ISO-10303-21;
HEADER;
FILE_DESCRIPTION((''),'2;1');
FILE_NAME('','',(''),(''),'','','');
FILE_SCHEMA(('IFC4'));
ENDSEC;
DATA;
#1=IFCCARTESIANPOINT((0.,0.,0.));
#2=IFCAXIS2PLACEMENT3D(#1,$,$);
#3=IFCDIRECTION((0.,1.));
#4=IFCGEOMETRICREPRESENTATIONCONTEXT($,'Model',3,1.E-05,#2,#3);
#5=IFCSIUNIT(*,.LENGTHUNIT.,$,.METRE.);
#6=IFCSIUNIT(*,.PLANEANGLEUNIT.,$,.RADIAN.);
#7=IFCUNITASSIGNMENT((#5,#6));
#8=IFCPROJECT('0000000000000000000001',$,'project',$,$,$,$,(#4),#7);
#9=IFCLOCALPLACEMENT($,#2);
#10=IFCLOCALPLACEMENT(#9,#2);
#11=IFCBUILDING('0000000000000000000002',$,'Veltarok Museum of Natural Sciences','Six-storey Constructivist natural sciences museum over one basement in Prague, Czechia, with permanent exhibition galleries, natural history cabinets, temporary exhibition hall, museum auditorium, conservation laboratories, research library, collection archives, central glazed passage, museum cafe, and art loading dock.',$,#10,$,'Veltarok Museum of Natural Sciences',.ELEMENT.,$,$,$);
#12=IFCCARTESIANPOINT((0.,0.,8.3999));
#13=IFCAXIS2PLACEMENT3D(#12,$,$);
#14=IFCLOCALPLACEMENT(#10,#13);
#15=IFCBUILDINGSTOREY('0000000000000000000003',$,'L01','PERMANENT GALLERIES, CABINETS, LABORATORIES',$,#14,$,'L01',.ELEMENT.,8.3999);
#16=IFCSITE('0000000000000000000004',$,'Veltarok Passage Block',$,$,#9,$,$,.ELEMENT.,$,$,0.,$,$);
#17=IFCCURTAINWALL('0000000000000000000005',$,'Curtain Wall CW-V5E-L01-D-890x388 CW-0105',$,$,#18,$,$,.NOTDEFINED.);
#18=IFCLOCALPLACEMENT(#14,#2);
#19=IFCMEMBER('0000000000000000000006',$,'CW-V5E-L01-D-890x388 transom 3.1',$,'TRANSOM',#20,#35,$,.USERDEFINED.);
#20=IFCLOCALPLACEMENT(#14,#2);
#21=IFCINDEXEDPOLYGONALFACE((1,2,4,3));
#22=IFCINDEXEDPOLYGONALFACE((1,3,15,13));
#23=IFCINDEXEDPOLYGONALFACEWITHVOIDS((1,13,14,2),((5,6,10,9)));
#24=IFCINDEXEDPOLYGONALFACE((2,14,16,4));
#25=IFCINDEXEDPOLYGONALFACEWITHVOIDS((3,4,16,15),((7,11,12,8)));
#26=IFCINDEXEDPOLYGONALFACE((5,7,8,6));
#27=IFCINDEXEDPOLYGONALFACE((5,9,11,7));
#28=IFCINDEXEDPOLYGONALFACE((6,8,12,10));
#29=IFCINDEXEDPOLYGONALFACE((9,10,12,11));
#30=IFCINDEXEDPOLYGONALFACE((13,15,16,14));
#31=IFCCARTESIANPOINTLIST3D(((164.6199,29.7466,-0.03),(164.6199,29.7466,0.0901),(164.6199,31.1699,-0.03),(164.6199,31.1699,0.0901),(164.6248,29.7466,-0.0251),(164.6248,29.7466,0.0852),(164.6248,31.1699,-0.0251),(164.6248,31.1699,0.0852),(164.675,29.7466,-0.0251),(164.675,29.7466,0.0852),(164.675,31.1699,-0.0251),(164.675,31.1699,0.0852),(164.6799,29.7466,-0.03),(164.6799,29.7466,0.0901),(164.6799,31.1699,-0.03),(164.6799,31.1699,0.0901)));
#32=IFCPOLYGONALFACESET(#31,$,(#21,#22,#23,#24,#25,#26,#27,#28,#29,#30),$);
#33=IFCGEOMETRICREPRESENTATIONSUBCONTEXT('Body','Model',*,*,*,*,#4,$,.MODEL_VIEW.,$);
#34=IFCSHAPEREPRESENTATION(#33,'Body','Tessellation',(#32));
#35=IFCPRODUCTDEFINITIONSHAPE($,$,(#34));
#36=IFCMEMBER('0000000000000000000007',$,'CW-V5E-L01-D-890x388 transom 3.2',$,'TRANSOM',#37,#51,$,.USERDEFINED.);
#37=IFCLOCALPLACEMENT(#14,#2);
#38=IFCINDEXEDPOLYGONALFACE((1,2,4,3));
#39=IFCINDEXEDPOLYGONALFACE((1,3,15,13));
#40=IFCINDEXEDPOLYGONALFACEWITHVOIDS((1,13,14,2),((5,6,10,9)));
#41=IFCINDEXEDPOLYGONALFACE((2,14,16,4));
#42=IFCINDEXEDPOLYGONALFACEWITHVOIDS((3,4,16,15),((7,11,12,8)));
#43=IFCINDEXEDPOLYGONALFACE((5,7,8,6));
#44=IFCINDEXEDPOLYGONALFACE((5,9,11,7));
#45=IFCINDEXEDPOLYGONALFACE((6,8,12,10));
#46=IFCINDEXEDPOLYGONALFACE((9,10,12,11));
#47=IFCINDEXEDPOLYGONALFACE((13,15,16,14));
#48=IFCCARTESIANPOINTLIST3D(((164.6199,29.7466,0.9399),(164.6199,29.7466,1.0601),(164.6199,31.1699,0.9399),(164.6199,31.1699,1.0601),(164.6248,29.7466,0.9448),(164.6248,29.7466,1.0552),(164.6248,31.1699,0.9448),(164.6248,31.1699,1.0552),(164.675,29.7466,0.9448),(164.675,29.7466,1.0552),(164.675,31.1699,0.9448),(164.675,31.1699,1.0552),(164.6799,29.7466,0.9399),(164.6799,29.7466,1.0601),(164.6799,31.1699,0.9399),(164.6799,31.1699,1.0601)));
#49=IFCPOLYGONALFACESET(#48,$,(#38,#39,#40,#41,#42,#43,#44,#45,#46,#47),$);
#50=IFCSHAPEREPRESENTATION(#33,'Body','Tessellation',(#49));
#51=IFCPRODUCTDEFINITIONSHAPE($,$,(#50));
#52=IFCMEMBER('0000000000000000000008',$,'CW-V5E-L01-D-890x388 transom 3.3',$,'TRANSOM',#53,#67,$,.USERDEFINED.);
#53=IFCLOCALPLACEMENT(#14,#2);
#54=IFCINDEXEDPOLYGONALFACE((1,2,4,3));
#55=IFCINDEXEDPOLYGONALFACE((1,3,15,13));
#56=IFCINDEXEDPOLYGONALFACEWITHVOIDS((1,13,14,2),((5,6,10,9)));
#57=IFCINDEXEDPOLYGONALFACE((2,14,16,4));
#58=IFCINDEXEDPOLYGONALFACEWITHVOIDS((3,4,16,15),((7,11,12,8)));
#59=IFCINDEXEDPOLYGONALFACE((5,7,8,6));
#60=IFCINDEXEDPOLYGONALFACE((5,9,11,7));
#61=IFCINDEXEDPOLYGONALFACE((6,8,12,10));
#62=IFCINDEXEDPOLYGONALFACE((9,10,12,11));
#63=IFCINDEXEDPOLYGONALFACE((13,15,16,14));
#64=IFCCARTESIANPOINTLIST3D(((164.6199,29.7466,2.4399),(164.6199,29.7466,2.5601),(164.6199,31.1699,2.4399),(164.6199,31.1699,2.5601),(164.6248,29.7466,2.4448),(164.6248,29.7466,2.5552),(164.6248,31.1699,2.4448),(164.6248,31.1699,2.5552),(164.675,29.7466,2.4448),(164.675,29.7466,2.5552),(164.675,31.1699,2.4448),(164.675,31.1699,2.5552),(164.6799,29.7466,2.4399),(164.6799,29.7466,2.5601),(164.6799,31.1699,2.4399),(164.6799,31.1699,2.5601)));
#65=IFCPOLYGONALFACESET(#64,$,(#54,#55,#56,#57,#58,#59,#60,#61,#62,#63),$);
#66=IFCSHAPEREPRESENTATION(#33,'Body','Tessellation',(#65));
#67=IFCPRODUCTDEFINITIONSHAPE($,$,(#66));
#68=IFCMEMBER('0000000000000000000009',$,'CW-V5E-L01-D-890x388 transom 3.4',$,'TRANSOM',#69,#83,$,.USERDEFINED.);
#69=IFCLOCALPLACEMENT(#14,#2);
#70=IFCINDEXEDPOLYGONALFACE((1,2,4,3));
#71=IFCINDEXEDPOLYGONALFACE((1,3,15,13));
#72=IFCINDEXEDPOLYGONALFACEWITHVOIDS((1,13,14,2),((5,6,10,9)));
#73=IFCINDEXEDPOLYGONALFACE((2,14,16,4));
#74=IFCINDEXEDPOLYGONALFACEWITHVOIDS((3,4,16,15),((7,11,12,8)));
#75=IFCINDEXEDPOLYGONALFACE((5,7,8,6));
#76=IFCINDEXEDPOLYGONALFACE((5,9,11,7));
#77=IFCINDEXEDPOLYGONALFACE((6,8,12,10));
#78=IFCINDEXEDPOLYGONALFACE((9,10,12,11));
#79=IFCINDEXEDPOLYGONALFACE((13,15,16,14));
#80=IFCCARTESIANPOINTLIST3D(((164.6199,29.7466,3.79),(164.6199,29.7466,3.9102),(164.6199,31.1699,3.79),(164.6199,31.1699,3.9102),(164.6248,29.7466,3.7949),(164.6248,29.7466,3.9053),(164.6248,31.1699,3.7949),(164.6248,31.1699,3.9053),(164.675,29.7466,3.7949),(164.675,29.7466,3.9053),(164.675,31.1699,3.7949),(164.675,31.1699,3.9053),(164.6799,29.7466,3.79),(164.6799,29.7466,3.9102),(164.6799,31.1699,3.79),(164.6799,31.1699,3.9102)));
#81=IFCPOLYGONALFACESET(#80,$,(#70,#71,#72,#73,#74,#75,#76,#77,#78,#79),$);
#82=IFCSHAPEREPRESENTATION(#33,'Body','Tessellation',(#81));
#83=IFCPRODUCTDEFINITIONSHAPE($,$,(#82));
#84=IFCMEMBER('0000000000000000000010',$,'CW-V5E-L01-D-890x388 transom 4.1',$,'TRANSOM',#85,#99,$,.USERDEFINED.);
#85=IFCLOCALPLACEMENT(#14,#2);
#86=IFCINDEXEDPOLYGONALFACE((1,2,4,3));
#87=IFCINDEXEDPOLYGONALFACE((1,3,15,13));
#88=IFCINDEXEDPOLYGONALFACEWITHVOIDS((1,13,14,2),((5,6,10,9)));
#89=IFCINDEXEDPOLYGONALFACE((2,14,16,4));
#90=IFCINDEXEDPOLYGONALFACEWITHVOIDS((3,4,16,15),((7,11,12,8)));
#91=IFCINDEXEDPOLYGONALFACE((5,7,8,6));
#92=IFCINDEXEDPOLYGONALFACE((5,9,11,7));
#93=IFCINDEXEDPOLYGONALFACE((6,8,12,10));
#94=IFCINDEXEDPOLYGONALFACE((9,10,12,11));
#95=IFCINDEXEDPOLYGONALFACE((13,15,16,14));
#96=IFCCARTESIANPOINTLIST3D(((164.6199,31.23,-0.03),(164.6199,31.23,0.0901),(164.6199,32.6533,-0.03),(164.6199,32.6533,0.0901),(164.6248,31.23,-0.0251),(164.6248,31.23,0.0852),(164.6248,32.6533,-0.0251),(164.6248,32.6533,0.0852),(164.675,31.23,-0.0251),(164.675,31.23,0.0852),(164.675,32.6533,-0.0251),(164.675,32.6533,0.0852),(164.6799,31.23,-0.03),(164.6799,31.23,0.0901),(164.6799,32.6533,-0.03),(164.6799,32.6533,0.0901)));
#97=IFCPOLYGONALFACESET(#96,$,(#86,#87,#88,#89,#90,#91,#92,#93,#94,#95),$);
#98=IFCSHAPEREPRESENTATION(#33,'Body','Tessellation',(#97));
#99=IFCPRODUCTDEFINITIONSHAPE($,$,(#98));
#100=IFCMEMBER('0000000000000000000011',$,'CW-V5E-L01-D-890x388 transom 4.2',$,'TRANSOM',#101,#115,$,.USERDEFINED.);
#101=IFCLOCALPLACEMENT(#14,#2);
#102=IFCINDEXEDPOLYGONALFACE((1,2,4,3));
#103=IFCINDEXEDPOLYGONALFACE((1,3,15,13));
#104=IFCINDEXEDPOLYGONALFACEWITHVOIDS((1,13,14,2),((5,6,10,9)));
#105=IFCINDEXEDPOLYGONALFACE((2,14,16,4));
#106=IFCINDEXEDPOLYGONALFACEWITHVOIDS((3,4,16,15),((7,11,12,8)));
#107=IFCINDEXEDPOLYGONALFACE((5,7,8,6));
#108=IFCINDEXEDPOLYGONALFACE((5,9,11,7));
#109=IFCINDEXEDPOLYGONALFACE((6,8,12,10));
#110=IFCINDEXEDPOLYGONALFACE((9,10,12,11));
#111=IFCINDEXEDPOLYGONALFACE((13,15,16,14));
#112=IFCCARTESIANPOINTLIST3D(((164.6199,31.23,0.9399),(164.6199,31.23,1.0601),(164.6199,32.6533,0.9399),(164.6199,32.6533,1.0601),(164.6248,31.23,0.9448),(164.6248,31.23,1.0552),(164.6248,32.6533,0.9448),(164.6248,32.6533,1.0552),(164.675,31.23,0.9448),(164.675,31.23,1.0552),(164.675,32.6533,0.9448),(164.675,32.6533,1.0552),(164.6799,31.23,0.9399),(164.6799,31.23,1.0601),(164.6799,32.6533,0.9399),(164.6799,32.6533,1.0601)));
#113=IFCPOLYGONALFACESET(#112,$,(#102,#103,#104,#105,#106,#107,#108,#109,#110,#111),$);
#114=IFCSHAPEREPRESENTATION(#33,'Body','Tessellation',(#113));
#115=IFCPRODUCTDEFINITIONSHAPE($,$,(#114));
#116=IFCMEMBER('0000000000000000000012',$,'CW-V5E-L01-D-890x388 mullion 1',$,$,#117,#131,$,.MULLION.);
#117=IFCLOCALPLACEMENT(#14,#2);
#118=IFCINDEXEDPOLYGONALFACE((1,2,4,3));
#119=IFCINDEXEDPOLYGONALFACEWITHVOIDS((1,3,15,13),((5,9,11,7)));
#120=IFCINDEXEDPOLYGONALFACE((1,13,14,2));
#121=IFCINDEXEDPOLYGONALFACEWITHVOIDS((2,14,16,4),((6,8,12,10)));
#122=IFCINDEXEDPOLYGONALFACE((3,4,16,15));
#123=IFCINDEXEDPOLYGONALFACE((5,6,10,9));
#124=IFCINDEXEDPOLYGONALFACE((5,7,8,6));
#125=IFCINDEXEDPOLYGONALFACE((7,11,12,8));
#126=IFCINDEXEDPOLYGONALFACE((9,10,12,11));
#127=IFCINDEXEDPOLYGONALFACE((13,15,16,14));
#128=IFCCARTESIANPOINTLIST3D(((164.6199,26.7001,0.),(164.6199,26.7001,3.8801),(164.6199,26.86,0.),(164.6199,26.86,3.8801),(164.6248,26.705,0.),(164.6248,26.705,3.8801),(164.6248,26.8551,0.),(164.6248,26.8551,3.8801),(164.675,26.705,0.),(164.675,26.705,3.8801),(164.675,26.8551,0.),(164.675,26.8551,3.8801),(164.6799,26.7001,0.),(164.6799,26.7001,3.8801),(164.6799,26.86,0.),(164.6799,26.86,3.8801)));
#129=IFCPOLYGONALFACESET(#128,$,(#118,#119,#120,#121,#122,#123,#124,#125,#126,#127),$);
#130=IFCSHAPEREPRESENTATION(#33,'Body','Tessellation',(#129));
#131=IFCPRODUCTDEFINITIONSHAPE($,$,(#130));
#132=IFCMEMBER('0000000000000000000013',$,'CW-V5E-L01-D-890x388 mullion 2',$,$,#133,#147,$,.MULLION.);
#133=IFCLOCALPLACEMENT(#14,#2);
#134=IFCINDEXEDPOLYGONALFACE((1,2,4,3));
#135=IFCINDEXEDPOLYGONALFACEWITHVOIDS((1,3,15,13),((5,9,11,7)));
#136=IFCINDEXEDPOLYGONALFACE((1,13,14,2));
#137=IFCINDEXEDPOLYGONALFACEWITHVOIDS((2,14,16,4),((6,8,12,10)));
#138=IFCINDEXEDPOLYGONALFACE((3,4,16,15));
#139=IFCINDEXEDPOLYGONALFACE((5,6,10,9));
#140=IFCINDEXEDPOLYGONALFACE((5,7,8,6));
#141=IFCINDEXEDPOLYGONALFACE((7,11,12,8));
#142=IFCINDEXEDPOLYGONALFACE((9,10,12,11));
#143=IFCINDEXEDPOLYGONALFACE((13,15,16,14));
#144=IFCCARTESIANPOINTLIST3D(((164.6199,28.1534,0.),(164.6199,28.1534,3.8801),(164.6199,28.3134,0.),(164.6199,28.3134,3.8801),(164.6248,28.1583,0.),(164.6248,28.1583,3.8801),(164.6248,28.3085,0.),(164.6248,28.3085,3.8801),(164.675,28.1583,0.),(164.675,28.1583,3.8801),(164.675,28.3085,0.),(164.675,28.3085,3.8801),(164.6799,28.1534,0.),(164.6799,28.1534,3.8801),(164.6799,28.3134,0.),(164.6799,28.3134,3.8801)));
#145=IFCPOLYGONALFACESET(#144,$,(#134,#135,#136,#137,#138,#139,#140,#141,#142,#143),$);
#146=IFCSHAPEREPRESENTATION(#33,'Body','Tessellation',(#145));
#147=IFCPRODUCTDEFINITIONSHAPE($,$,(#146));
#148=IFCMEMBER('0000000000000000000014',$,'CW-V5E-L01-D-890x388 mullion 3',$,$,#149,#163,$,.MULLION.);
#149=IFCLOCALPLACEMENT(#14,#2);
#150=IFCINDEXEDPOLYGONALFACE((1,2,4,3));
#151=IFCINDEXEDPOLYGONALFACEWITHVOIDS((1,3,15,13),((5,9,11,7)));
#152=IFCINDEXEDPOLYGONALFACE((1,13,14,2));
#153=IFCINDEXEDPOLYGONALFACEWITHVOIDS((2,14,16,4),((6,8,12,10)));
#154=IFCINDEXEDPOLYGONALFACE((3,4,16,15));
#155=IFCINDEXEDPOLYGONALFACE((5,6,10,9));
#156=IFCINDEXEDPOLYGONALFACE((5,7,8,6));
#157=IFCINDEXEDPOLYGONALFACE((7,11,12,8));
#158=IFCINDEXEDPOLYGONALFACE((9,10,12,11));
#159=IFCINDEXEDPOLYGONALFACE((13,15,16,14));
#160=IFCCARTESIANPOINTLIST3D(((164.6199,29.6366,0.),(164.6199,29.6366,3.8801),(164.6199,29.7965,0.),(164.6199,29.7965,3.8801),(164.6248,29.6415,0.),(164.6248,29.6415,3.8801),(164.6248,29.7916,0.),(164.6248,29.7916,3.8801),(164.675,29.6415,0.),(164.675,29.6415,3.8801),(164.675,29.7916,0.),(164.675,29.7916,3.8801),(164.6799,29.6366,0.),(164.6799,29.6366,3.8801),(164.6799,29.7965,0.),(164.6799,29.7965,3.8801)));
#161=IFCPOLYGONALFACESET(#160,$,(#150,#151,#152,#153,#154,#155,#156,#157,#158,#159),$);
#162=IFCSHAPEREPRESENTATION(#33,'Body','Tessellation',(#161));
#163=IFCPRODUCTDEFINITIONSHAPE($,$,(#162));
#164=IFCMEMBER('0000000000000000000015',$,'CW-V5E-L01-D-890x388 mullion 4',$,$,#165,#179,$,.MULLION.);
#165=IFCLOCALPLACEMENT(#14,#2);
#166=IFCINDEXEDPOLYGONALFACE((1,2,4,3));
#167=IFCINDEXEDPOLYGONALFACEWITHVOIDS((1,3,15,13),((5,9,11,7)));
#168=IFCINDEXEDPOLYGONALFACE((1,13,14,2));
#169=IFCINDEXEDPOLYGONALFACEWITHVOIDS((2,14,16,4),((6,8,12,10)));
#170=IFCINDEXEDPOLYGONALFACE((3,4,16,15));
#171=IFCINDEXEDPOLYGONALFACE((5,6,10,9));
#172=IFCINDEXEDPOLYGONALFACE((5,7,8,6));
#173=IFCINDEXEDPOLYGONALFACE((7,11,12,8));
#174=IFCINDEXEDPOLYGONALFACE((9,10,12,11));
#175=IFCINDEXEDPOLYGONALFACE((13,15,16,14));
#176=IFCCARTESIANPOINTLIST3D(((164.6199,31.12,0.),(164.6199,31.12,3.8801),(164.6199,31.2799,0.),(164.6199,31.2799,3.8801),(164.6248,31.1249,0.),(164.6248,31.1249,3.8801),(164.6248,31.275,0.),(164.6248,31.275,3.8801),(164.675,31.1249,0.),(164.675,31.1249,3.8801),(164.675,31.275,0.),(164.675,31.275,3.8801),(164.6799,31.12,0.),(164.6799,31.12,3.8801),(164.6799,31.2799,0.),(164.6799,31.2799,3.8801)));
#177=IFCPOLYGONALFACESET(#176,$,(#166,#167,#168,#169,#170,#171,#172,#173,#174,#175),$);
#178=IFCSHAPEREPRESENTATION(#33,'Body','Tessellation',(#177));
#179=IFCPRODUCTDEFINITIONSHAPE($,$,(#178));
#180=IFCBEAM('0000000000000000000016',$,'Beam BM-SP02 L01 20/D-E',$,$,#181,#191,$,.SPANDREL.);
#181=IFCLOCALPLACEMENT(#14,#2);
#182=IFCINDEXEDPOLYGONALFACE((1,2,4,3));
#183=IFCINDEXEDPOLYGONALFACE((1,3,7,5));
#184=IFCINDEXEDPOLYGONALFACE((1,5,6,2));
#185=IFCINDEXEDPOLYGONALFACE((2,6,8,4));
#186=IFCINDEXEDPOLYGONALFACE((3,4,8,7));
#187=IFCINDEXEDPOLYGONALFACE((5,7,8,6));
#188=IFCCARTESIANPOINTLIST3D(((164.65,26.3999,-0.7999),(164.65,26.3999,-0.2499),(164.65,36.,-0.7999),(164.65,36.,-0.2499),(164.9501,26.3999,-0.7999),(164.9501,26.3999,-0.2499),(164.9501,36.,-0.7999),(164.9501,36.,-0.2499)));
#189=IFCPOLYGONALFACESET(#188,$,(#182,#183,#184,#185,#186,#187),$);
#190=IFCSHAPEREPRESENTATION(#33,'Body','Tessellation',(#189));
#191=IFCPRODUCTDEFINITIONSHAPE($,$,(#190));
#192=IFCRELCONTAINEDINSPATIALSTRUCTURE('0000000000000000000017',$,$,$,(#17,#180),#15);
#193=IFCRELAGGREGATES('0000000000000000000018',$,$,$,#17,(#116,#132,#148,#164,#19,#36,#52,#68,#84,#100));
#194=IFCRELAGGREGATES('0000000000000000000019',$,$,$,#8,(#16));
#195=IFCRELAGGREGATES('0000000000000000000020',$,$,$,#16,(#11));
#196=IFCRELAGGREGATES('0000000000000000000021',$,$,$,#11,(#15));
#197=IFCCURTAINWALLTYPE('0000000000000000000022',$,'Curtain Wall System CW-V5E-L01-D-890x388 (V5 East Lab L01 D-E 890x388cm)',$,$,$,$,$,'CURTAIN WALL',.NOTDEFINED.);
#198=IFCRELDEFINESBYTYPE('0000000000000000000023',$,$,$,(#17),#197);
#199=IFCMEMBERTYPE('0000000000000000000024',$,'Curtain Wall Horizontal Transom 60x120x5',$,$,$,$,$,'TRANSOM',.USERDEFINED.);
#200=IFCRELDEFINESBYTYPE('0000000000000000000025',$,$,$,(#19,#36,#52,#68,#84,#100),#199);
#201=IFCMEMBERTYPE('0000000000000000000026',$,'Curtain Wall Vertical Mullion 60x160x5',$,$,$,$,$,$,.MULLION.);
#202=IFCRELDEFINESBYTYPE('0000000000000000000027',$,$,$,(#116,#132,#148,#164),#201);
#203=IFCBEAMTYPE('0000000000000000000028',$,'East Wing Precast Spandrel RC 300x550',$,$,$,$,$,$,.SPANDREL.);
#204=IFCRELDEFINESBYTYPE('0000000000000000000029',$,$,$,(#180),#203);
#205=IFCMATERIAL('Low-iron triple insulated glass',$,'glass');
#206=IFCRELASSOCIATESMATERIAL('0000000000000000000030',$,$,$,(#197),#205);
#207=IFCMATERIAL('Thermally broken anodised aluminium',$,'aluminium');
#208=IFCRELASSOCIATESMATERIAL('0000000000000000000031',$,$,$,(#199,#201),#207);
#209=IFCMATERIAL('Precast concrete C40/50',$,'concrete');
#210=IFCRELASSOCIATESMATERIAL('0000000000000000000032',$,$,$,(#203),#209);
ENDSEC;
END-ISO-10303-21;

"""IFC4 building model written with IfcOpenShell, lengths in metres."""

from ifc_helpers import new_model, si_unit, direction, frame, origin, origin_2d, place, context, subcontext, project, spatial, rectangle, hollow_rectangle, extrude, material, material_profile, profile_set, type_object, element, aggregate, save


model = new_model("IFC4")

# Units and contexts
model_context = context("Model", 3, precision=1e-05, world=origin(), true_north=direction((0.0, 1.0)))
body_context = subcontext(model_context, "Body", "Model", "MODEL_VIEW")
ifc_project = project(units=[si_unit("LENGTHUNIT", "METRE"), si_unit("PLANEANGLEUNIT", "RADIAN")], contexts=[model_context])

# Site, building, storey
site_placement = place(None, origin())
site = spatial("IfcSite", under=ifc_project, at=site_placement, Name="Veltarok Passage Block", CompositionType="ELEMENT", RefElevation=0.0)
building_placement = place(site_placement, origin())
building = spatial("IfcBuilding", under=site, at=building_placement, Name="Veltarok Museum of Natural Sciences", Description="Six-storey Constructivist natural sciences museum over one basement in Prague, Czechia, with permanent exhibition galleries, natural history cabinets, temporary exhibition hall, museum auditorium, conservation laboratories, research library, collection archives, central glazed passage, museum cafe, and art loading dock.", LongName="Veltarok Museum of Natural Sciences", CompositionType="ELEMENT")
storey_placement = place(building_placement, frame((0.0, 0.0, 8.3999)))
storey = spatial("IfcBuildingStorey", under=building, at=storey_placement, Name="L01", Description="PERMANENT GALLERIES, CABINETS, LABORATORIES", LongName="L01", CompositionType="ELEMENT", Elevation=8.3999)

# Curtain wall, members
ifc_material_1 = material(Name="Low-iron triple insulated glass", Category="glass")
curtain_wall_type = type_object("IfcCurtainWallType", Name="Curtain Wall System CW-V5E-L01-D-890x388 (V5 East Lab L01 D-E 890x388cm)", ElementType="CURTAIN WALL", PredefinedType="NOTDEFINED", material=ifc_material_1)
curtain_wall_placement = place(storey_placement, origin())
curtain_wall = element("IfcCurtainWall", 1, at=curtain_wall_placement, inside=storey, type_object=curtain_wall_type, Name="Curtain Wall CW-V5E-L01-D-890x388 CW-0105", PredefinedType="NOTDEFINED")
ifc_material_2 = material(Name="Thermally broken anodised aluminium", Category="aluminium")
ifc_material_profile_1 = material_profile(ifc_material_2, hollow_rectangle(XDim=0.0601, YDim=0.1201, WallThickness=0.0049, at=origin_2d()), Name="CW TRANSOM 60x120x5")
ifc_profile_set_1 = profile_set([ifc_material_profile_1], Name="Thermally broken anodised aluminium")
member_type_1 = type_object("IfcMemberType", Name="Curtain Wall Horizontal Transom 60x120x5", ElementType="TRANSOM", PredefinedType="USERDEFINED", material=ifc_profile_set_1)
member_1_placement = place(storey_placement, frame((164.6499, 29.7466, 0.03), z_axis=(0.0, 1.0, 0.0), x_axis=(-1.0, 0.0, 0.0)))
member_1 = element("IfcMember", 2, at=member_1_placement, type_object=member_type_1, Name="CW-V5E-L01-D-890x388 transom 3.1", ObjectType="TRANSOM", PredefinedType="USERDEFINED", context=body_context, shape_type="SweptSolid", body=[
    extrude(hollow_rectangle(XDim=0.0601, YDim=0.1201, WallThickness=0.0049, at=origin_2d()), origin(), (0.0, 0.0, 1.0), 1.4233),
])
member_2_placement = place(storey_placement, frame((164.6499, 29.7466, 1.0), z_axis=(0.0, 1.0, 0.0), x_axis=(-1.0, 0.0, 0.0)))
member_2 = element("IfcMember", 3, at=member_2_placement, type_object=member_type_1, Name="CW-V5E-L01-D-890x388 transom 3.2", ObjectType="TRANSOM", PredefinedType="USERDEFINED", context=body_context, shape_type="SweptSolid", body=[
    extrude(hollow_rectangle(XDim=0.0601, YDim=0.1201, WallThickness=0.0049, at=origin_2d()), origin(), (0.0, 0.0, 1.0), 1.4233),
])
member_3_placement = place(storey_placement, frame((164.6499, 29.7466, 2.5), z_axis=(0.0, 1.0, 0.0), x_axis=(-1.0, 0.0, 0.0)))
member_3 = element("IfcMember", 4, at=member_3_placement, type_object=member_type_1, Name="CW-V5E-L01-D-890x388 transom 3.3", ObjectType="TRANSOM", PredefinedType="USERDEFINED", context=body_context, shape_type="SweptSolid", body=[
    extrude(hollow_rectangle(XDim=0.0601, YDim=0.1201, WallThickness=0.0049, at=origin_2d()), origin(), (0.0, 0.0, 1.0), 1.4233),
])
member_4_placement = place(storey_placement, frame((164.6499, 29.7466, 3.8501), z_axis=(0.0, 1.0, 0.0), x_axis=(-1.0, 0.0, 0.0)))
member_4 = element("IfcMember", 5, at=member_4_placement, type_object=member_type_1, Name="CW-V5E-L01-D-890x388 transom 3.4", ObjectType="TRANSOM", PredefinedType="USERDEFINED", context=body_context, shape_type="SweptSolid", body=[
    extrude(hollow_rectangle(XDim=0.0601, YDim=0.1201, WallThickness=0.0049, at=origin_2d()), origin(), (0.0, 0.0, 1.0), 1.4233),
])
member_5_placement = place(storey_placement, frame((164.6499, 31.23, 0.03), z_axis=(0.0, 1.0, 0.0), x_axis=(-1.0, 0.0, 0.0)))
member_5 = element("IfcMember", 6, at=member_5_placement, type_object=member_type_1, Name="CW-V5E-L01-D-890x388 transom 4.1", ObjectType="TRANSOM", PredefinedType="USERDEFINED", context=body_context, shape_type="SweptSolid", body=[
    extrude(hollow_rectangle(XDim=0.0601, YDim=0.1201, WallThickness=0.0049, at=origin_2d()), origin(), (0.0, 0.0, 1.0), 1.4233),
])
member_6_placement = place(storey_placement, frame((164.6499, 31.23, 1.0), z_axis=(0.0, 1.0, 0.0), x_axis=(-1.0, 0.0, 0.0)))
member_6 = element("IfcMember", 7, at=member_6_placement, type_object=member_type_1, Name="CW-V5E-L01-D-890x388 transom 4.2", ObjectType="TRANSOM", PredefinedType="USERDEFINED", context=body_context, shape_type="SweptSolid", body=[
    extrude(hollow_rectangle(XDim=0.0601, YDim=0.1201, WallThickness=0.0049, at=origin_2d()), origin(), (0.0, 0.0, 1.0), 1.4233),
])
ifc_material_profile_2 = material_profile(ifc_material_2, hollow_rectangle(XDim=0.0601, YDim=0.1599, WallThickness=0.0049, at=origin_2d()), Name="CW MULLION 60x160x5")
ifc_profile_set_2 = profile_set([ifc_material_profile_2], Name="Thermally broken anodised aluminium")
member_type_2 = type_object("IfcMemberType", Name="Curtain Wall Vertical Mullion 60x160x5", PredefinedType="MULLION", material=ifc_profile_set_2)
member_7_placement = place(storey_placement, frame((164.6499, 26.78, 0.0), z_axis=(0.0, 0.0, 1.0), x_axis=(-1.0, 0.0, 0.0)))
member_7 = element("IfcMember", 8, at=member_7_placement, type_object=member_type_2, Name="CW-V5E-L01-D-890x388 mullion 1", PredefinedType="MULLION", context=body_context, shape_type="SweptSolid", body=[
    extrude(hollow_rectangle(XDim=0.0601, YDim=0.1599, WallThickness=0.0049, at=origin_2d()), origin(), (0.0, 0.0, 1.0), 3.8801),
])
member_8_placement = place(storey_placement, frame((164.6499, 28.2334, 0.0), z_axis=(0.0, 0.0, 1.0), x_axis=(-1.0, 0.0, 0.0)))
member_8 = element("IfcMember", 9, at=member_8_placement, type_object=member_type_2, Name="CW-V5E-L01-D-890x388 mullion 2", PredefinedType="MULLION", context=body_context, shape_type="SweptSolid", body=[
    extrude(hollow_rectangle(XDim=0.0601, YDim=0.1599, WallThickness=0.0049, at=origin_2d()), origin(), (0.0, 0.0, 1.0), 3.8801),
])
member_9_placement = place(storey_placement, frame((164.6499, 29.7166, 0.0), z_axis=(0.0, 0.0, 1.0), x_axis=(-1.0, 0.0, 0.0)))
member_9 = element("IfcMember", 10, at=member_9_placement, type_object=member_type_2, Name="CW-V5E-L01-D-890x388 mullion 3", PredefinedType="MULLION", context=body_context, shape_type="SweptSolid", body=[
    extrude(hollow_rectangle(XDim=0.0601, YDim=0.1599, WallThickness=0.0049, at=origin_2d()), origin(), (0.0, 0.0, 1.0), 3.8801),
])
member_10_placement = place(storey_placement, frame((164.6499, 31.2, 0.0), z_axis=(0.0, 0.0, 1.0), x_axis=(-1.0, 0.0, 0.0)))
member_10 = element("IfcMember", 11, at=member_10_placement, type_object=member_type_2, Name="CW-V5E-L01-D-890x388 mullion 4", PredefinedType="MULLION", context=body_context, shape_type="SweptSolid", body=[
    extrude(hollow_rectangle(XDim=0.0601, YDim=0.1599, WallThickness=0.0049, at=origin_2d()), origin(), (0.0, 0.0, 1.0), 3.8801),
])

# Beam
ifc_material_3 = material(Name="Precast concrete C40/50", Category="concrete")
ifc_material_profile_3 = material_profile(ifc_material_3, rectangle(XDim=0.3, YDim=0.55, at=origin_2d()), Name="RC 300x550")
ifc_profile_set_3 = profile_set([ifc_material_profile_3], Name="Precast concrete C40/50")
beam_type_1 = type_object("IfcBeamType", Name="East Wing Precast Spandrel RC 300x550", PredefinedType="SPANDREL", material=ifc_profile_set_3)
beam_1_placement = place(storey_placement, frame((164.8, 26.3999, -0.5249), z_axis=(0.0, 1.0, 0.0), x_axis=(-1.0, 0.0, 0.0)))
element("IfcBeam", 12, at=beam_1_placement, inside=storey, type_object=beam_type_1, Name="Beam BM-SP02 L01 20/D-E", PredefinedType="SPANDREL", context=body_context, shape_type="SweptSolid", body=[
    extrude(rectangle(XDim=0.3, YDim=0.55, at=origin_2d()), origin(), (0.0, 0.0, 1.0), 9.6001),
])

aggregate(curtain_wall, [member_7, member_8, member_9, member_10, member_1, member_2, member_3, member_4, member_5, member_6])

save(model, "model.ifc")
